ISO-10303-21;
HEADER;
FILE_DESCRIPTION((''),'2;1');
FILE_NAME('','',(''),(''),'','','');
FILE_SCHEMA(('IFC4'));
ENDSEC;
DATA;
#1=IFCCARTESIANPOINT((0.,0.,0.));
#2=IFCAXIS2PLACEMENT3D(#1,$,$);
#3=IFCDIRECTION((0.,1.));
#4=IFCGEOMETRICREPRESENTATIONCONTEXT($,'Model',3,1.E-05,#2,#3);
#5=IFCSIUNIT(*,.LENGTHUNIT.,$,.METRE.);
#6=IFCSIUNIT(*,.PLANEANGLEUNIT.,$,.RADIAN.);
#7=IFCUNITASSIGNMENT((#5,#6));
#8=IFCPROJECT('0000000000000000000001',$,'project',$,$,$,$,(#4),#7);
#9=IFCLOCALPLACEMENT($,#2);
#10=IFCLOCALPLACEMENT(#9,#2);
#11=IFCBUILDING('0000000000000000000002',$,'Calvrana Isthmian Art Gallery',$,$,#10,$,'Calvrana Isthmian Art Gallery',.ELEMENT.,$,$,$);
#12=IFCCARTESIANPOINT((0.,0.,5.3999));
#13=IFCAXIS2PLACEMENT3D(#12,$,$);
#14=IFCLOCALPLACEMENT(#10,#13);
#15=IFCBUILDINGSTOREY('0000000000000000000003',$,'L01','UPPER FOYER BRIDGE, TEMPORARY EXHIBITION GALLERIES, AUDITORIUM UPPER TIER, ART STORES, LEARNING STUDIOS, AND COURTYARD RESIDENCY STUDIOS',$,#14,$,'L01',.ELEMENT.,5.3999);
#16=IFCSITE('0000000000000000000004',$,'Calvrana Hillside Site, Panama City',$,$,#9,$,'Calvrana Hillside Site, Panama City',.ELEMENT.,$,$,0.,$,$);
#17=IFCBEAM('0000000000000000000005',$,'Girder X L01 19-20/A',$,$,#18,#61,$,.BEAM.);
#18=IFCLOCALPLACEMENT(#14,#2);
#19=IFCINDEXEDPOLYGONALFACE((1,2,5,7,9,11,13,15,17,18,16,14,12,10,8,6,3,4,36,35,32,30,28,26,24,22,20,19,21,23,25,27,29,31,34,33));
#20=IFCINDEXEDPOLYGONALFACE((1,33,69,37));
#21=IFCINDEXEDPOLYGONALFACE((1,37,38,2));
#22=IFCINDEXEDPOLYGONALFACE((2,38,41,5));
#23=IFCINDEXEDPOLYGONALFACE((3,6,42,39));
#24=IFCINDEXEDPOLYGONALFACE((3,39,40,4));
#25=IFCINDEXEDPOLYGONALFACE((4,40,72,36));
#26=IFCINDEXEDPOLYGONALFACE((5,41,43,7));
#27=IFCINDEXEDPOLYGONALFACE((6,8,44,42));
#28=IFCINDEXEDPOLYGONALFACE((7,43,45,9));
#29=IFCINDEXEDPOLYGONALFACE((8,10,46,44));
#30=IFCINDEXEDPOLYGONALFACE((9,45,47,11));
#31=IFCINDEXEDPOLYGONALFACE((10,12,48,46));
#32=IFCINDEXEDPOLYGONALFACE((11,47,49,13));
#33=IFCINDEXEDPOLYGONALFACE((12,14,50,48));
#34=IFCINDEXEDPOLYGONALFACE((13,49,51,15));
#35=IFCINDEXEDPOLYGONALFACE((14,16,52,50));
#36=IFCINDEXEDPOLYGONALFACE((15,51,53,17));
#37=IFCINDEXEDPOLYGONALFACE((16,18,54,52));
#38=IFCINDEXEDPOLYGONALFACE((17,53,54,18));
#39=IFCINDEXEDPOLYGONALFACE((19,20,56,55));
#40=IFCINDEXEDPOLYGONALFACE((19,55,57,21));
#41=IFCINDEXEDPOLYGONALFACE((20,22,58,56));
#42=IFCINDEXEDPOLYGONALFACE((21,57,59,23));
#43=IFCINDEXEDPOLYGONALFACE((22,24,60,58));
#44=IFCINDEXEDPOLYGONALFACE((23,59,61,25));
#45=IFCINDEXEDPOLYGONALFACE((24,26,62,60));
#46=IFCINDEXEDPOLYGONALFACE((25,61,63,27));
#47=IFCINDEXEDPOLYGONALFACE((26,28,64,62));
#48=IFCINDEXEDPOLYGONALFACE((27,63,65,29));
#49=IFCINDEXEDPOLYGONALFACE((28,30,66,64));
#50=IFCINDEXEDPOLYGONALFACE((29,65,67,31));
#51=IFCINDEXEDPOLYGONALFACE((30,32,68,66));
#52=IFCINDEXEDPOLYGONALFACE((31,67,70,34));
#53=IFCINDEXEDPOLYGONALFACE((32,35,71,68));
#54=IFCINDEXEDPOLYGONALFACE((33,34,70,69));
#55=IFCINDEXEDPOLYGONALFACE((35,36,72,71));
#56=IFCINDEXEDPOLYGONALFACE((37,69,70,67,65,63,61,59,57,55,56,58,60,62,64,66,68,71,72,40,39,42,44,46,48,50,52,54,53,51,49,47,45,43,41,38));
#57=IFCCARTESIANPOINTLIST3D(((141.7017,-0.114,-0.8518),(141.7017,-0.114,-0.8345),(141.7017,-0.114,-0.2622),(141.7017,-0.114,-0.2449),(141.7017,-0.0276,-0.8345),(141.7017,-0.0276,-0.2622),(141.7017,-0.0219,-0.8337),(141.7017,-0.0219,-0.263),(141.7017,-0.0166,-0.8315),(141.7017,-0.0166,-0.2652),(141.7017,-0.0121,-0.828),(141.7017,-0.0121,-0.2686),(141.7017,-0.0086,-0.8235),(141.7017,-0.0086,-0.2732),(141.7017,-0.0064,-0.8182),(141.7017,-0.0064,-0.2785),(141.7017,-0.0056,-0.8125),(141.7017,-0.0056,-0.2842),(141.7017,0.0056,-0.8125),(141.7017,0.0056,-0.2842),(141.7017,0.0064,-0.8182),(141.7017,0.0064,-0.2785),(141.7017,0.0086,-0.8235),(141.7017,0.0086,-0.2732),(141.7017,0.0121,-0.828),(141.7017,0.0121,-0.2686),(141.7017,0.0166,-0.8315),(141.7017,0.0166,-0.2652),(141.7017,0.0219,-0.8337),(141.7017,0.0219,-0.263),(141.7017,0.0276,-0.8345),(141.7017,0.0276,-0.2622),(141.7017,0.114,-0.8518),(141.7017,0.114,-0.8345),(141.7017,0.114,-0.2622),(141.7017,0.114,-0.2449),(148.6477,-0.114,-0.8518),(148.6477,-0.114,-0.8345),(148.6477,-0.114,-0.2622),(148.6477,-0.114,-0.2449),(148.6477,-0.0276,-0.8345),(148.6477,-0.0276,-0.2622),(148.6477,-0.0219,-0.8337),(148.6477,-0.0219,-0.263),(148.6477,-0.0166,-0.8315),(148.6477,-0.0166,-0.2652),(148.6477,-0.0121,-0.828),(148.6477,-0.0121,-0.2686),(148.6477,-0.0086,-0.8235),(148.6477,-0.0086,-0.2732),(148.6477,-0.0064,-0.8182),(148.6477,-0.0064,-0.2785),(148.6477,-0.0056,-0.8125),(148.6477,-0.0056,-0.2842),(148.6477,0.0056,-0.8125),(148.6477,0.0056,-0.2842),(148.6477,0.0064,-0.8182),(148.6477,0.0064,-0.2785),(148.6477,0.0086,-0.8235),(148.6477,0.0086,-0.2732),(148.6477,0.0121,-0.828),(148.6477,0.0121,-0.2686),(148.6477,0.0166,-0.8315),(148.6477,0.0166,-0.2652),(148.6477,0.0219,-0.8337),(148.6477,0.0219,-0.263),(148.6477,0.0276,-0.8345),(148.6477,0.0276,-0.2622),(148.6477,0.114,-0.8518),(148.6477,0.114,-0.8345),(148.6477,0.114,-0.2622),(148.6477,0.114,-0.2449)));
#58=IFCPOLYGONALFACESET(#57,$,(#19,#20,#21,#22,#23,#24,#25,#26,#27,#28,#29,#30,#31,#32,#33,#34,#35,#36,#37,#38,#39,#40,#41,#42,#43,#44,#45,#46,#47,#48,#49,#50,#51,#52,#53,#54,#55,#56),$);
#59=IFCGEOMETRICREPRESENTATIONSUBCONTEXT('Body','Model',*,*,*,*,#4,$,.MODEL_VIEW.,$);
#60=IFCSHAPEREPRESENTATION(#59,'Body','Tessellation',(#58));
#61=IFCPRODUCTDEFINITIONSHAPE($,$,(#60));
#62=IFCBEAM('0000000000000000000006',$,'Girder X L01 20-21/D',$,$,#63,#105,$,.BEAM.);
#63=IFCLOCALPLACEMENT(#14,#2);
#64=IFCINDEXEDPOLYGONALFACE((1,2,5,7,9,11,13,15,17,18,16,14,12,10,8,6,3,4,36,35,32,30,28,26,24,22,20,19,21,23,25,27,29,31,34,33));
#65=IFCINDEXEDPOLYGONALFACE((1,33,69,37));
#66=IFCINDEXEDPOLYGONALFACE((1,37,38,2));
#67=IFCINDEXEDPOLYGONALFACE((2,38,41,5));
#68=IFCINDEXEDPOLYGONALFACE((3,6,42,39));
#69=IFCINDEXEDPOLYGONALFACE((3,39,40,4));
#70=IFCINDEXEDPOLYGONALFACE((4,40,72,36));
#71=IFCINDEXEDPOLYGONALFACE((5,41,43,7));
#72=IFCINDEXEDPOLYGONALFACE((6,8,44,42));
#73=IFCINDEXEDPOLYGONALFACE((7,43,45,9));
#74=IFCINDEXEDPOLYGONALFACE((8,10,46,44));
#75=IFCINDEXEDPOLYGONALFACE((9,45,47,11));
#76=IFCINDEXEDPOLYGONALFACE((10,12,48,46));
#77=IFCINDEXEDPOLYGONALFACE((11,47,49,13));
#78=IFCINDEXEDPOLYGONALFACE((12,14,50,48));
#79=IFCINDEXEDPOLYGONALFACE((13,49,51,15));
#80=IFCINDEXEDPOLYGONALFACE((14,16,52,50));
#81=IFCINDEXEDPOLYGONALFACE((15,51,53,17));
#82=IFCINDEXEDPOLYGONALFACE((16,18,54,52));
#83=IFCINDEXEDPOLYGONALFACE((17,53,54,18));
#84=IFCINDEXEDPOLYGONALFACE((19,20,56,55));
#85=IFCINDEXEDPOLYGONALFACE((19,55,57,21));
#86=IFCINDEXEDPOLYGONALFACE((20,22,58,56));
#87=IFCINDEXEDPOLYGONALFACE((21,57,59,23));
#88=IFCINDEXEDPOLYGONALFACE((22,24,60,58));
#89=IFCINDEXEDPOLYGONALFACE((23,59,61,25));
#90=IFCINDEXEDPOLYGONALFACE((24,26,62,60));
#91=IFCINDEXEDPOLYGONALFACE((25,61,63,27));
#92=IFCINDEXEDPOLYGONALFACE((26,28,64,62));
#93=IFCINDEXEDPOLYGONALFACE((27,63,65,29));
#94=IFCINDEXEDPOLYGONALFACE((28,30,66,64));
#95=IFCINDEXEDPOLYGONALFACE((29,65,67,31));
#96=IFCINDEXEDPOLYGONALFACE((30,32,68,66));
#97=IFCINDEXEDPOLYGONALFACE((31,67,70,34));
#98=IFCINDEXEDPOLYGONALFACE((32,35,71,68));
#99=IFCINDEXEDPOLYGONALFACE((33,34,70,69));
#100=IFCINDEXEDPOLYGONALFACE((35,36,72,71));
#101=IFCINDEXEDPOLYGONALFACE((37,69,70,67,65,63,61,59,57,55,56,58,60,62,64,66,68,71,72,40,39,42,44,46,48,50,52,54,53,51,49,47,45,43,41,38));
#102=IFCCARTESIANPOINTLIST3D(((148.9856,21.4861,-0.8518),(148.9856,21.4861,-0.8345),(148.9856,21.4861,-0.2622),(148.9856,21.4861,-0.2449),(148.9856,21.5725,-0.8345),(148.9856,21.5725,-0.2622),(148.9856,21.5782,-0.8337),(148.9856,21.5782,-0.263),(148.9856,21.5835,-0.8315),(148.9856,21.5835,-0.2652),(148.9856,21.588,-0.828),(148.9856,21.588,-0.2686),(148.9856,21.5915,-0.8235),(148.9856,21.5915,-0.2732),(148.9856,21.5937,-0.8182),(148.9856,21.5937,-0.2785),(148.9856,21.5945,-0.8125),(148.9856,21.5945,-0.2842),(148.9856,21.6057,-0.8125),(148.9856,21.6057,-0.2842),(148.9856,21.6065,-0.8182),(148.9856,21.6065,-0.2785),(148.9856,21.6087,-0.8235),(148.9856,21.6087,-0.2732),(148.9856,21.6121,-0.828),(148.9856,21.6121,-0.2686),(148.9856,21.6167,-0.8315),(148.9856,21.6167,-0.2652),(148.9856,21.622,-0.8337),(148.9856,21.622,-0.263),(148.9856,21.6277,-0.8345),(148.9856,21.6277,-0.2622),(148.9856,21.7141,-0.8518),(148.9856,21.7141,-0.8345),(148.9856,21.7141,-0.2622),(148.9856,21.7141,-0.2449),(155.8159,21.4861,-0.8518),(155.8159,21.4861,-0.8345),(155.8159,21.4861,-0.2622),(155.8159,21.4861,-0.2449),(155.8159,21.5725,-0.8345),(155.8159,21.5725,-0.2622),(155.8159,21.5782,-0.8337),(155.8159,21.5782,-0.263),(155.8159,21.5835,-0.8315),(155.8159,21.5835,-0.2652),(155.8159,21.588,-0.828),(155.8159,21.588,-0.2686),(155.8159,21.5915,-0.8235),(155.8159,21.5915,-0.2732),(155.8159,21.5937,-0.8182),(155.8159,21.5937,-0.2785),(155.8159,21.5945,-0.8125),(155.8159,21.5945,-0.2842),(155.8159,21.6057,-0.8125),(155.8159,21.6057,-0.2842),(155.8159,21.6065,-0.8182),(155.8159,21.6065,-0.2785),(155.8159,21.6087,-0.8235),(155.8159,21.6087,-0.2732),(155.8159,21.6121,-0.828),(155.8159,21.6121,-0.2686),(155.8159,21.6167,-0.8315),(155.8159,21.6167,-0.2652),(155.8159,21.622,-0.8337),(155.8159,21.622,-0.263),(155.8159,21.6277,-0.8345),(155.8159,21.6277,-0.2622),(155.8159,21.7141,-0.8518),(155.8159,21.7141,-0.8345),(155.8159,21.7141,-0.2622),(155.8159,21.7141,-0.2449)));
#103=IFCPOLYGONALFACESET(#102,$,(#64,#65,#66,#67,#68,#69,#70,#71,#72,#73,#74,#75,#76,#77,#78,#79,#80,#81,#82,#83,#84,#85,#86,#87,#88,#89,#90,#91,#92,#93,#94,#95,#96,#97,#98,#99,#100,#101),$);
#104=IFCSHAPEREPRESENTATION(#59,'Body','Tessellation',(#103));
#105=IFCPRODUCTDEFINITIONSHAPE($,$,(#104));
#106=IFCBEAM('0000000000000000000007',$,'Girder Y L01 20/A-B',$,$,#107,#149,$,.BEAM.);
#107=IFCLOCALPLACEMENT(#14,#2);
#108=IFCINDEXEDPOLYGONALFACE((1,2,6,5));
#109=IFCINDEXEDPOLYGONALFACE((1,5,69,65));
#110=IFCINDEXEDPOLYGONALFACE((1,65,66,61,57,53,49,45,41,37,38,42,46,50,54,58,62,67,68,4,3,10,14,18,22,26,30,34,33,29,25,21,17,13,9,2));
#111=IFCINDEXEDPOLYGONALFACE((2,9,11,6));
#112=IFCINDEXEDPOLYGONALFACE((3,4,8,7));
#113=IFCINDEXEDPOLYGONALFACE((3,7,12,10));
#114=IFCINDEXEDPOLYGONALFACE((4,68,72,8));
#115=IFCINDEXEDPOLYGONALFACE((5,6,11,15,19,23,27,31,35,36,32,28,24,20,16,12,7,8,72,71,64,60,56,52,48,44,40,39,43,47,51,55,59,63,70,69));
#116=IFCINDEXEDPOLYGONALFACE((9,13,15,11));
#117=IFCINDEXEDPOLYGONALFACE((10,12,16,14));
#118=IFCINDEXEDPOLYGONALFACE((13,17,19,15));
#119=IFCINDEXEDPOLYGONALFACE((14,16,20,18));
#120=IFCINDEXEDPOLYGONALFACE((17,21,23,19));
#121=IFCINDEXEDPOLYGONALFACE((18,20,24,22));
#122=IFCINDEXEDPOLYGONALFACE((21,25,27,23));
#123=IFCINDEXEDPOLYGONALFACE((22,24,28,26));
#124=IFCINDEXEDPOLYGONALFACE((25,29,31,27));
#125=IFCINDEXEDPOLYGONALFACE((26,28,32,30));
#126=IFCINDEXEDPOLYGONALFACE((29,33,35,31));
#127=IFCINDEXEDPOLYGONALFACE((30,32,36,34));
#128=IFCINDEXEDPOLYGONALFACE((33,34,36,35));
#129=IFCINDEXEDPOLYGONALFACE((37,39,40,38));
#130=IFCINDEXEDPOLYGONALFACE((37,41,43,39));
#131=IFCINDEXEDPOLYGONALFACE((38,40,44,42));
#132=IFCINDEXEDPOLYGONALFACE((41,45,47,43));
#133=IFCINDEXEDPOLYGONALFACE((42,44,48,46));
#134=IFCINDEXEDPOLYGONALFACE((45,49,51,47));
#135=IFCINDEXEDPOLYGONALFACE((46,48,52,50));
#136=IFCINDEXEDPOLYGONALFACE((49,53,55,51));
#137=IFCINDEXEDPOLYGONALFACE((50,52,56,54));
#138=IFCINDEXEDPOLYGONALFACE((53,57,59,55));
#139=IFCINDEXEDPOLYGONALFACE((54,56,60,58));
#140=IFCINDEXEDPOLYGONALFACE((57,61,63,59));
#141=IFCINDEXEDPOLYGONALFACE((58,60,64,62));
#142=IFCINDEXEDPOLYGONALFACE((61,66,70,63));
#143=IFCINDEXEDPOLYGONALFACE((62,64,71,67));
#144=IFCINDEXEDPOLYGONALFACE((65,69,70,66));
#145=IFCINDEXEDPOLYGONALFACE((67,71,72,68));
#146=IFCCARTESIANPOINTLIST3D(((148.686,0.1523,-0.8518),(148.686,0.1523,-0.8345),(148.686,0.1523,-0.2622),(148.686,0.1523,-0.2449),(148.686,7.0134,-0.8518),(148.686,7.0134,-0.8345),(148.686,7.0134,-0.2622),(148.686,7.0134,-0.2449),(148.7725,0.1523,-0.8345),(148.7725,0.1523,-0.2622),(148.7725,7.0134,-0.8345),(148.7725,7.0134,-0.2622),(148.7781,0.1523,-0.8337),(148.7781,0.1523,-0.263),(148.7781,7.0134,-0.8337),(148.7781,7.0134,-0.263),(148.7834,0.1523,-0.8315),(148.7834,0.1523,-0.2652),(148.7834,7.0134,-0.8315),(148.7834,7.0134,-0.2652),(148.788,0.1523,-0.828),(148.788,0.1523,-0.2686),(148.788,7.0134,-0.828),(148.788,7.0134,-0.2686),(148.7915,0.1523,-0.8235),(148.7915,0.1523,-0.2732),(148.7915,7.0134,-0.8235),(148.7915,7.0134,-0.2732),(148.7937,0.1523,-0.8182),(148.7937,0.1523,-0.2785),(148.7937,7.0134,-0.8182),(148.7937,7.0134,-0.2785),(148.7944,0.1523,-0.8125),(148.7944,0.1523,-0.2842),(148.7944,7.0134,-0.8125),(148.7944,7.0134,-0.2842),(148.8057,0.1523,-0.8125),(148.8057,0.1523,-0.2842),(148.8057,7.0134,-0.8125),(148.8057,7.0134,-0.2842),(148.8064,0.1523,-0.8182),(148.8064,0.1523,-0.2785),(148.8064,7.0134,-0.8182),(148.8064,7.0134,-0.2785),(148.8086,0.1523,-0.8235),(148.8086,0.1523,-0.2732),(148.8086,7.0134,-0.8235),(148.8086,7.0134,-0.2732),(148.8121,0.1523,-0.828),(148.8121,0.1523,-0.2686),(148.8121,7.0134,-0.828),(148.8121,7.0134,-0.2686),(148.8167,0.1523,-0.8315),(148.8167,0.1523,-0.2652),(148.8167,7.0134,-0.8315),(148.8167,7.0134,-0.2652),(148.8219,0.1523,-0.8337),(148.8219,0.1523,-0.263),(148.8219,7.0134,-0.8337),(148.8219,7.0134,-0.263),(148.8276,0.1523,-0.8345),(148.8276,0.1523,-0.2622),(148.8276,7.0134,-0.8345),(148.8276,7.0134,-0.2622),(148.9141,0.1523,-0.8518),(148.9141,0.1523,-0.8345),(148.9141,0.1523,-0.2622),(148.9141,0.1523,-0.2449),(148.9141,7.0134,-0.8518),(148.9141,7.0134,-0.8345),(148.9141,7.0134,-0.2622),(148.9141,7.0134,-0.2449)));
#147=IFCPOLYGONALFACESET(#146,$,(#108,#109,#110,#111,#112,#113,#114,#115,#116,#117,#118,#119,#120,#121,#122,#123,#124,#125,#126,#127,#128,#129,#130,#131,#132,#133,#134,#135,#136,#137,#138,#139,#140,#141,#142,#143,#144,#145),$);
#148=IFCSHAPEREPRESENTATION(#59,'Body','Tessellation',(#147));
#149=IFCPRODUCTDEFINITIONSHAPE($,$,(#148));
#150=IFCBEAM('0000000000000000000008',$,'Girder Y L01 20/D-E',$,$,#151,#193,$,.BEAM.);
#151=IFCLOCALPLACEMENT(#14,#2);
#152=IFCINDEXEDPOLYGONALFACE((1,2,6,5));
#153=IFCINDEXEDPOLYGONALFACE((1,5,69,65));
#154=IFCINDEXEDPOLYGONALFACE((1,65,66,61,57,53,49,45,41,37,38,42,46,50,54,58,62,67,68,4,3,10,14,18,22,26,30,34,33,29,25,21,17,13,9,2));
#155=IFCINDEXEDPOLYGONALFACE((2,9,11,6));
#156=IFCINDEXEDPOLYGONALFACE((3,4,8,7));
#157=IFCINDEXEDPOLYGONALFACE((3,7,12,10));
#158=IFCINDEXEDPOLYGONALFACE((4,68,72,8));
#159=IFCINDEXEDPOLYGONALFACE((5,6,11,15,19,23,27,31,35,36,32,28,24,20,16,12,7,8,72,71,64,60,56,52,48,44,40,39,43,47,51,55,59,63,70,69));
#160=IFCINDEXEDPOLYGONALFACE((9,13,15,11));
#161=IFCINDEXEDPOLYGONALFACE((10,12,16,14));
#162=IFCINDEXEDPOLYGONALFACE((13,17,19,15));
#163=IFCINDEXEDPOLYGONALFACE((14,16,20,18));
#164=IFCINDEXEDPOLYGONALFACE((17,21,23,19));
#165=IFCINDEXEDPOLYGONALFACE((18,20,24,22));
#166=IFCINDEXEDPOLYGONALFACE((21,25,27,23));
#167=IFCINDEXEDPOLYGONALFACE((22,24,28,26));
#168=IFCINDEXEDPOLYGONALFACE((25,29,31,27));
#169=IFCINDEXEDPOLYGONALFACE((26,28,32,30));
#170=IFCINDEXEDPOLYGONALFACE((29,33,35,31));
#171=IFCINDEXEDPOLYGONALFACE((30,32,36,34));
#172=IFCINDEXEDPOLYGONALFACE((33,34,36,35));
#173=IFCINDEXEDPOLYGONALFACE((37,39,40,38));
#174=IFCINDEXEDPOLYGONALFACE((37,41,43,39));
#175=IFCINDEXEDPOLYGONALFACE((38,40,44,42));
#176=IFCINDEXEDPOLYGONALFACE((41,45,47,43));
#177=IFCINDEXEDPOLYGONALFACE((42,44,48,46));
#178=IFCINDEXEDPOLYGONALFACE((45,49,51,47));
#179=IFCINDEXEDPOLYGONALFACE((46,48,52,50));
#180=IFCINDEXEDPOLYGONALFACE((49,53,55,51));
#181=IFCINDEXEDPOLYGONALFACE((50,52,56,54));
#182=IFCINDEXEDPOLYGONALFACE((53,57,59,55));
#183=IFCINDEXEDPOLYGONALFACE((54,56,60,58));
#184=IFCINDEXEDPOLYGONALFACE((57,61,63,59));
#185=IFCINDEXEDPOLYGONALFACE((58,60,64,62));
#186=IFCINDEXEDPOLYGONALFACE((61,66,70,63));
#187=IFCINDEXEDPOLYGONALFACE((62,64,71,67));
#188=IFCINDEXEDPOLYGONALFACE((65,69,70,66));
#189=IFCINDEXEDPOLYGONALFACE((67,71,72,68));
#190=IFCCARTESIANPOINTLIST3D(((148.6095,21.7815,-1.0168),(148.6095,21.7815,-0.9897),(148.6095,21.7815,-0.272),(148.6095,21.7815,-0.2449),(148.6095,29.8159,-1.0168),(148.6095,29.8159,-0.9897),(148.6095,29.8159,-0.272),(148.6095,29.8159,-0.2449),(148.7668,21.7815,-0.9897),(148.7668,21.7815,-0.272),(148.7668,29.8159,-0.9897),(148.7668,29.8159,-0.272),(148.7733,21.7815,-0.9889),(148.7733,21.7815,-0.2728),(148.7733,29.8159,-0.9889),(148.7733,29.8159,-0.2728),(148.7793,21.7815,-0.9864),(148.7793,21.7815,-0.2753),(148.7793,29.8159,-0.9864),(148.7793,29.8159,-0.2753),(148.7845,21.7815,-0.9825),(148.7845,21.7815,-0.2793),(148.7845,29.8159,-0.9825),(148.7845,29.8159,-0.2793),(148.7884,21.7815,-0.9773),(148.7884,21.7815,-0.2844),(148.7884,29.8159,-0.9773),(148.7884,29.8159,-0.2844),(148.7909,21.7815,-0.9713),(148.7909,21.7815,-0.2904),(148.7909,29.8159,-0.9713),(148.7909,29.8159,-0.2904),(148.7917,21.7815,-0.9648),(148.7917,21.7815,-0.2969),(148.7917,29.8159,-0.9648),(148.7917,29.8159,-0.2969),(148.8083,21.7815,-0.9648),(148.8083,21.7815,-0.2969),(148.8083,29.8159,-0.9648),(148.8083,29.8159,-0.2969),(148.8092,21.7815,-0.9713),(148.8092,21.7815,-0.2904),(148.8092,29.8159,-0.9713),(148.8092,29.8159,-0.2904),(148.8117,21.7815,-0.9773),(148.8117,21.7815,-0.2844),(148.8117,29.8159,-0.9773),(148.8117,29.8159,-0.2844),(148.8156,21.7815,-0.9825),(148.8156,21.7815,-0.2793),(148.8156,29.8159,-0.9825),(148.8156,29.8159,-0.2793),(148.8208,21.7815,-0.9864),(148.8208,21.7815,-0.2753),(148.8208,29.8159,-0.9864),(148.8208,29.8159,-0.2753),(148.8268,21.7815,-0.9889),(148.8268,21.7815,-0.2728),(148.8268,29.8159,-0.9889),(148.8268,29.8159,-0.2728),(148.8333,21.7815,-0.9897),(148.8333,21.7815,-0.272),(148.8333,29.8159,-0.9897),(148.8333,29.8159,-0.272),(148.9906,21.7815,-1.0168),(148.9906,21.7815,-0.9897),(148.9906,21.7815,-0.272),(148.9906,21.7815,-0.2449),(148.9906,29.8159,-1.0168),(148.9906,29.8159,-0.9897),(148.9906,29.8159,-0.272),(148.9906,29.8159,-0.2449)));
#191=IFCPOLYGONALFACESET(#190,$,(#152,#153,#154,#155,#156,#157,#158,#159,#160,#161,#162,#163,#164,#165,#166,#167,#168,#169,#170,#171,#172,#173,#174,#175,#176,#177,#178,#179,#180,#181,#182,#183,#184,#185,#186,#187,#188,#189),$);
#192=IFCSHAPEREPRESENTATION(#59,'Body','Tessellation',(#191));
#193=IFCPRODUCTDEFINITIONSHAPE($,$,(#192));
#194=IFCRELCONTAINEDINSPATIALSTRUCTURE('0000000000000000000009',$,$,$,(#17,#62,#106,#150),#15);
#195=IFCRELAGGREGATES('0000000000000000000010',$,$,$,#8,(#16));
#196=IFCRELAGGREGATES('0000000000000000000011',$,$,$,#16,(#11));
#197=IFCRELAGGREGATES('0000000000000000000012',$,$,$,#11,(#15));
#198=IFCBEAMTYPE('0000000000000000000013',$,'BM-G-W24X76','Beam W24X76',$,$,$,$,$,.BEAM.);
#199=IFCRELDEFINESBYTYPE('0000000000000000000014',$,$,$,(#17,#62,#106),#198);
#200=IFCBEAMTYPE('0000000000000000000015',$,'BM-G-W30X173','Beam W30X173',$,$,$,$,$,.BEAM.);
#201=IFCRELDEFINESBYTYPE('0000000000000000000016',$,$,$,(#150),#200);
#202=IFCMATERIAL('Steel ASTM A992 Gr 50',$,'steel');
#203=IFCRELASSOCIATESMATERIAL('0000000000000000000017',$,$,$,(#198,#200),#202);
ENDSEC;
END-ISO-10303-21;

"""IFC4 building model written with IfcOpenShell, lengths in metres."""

from ifc_helpers import new_model, si_unit, direction, frame, origin, origin_2d, place, context, subcontext, project, spatial, i_section, extrude, material, material_profile, profile_set, type_object, element, save


model = new_model("IFC4")

# Units and contexts
model_context = context("Model", 3, precision=1e-05, world=origin(), true_north=direction((0.0, 1.0)))
body_context = subcontext(model_context, "Body", "Model", "MODEL_VIEW")
ifc_project = project(units=[si_unit("LENGTHUNIT", "METRE"), si_unit("PLANEANGLEUNIT", "RADIAN")], contexts=[model_context])

# Site, building, storey
site_placement = place(None, origin())
site = spatial("IfcSite", under=ifc_project, at=site_placement, Name="Calvrana Hillside Site, Panama City", LongName="Calvrana Hillside Site, Panama City", CompositionType="ELEMENT", RefElevation=0.0)
building_placement = place(site_placement, origin())
building = spatial("IfcBuilding", under=site, at=building_placement, Name="Calvrana Isthmian Art Gallery", LongName="Calvrana Isthmian Art Gallery", CompositionType="ELEMENT")
storey_placement = place(building_placement, frame((0.0, 0.0, 5.3999)))
storey = spatial("IfcBuildingStorey", under=building, at=storey_placement, Name="L01", Description="UPPER FOYER BRIDGE, TEMPORARY EXHIBITION GALLERIES, AUDITORIUM UPPER TIER, ART STORES, LEARNING STUDIOS, AND COURTYARD RESIDENCY STUDIOS", LongName="L01", CompositionType="ELEMENT", Elevation=5.3999)

# Shared definitions
ifc_material_1 = material(Name="Steel ASTM A992 Gr 50", Category="steel")

# Beams
ifc_material_profile_1 = material_profile(ifc_material_1, i_section(OverallWidth=0.228, OverallDepth=0.6069, WebThickness=0.0112, FlangeThickness=0.0173, FilletRadius=0.022, at=origin_2d()), Name="W24X76")
ifc_profile_set_1 = profile_set([ifc_material_profile_1], Name="Steel ASTM A992 Gr 50")
beam_type_1 = type_object("IfcBeamType", Name="BM-G-W24X76", Description="Beam W24X76", PredefinedType="BEAM", material=ifc_profile_set_1)
beam_1_placement = place(storey_placement, frame((141.7017, 0.0, -0.5483), z_axis=(1.0, 0.0, 0.0), x_axis=(0.0, 1.0, 0.0)))
element("IfcBeam", 1, at=beam_1_placement, inside=storey, type_object=beam_type_1, Name="Girder X L01 19-20/A", PredefinedType="BEAM", context=body_context, shape_type="SweptSolid", body=[
    extrude(i_section(OverallWidth=0.228, OverallDepth=0.6069, WebThickness=0.0112, FlangeThickness=0.0173, FilletRadius=0.022, at=origin_2d()), origin(), (0.0, 0.0, 1.0), 6.946),
])
beam_2_placement = place(storey_placement, frame((148.9856, 21.6001, -0.5483), z_axis=(1.0, 0.0, 0.0), x_axis=(0.0, 1.0, 0.0)))
element("IfcBeam", 2, at=beam_2_placement, inside=storey, type_object=beam_type_1, Name="Girder X L01 20-21/D", PredefinedType="BEAM", context=body_context, shape_type="SweptSolid", body=[
    extrude(i_section(OverallWidth=0.228, OverallDepth=0.6069, WebThickness=0.0112, FlangeThickness=0.0173, FilletRadius=0.022, at=origin_2d()), origin(), (0.0, 0.0, 1.0), 6.8303),
])
beam_3_placement = place(storey_placement, frame((148.8, 0.1523, -0.5483), z_axis=(0.0, 1.0, 0.0), x_axis=(-1.0, 0.0, 0.0)))
element("IfcBeam", 3, at=beam_3_placement, inside=storey, type_object=beam_type_1, Name="Girder Y L01 20/A-B", PredefinedType="BEAM", context=body_context, shape_type="SweptSolid", body=[
    extrude(i_section(OverallWidth=0.228, OverallDepth=0.6069, WebThickness=0.0112, FlangeThickness=0.0173, FilletRadius=0.022, at=origin_2d()), origin(), (0.0, 0.0, 1.0), 6.8611),
])
ifc_material_profile_2 = material_profile(ifc_material_1, i_section(OverallWidth=0.3811, OverallDepth=0.772, WebThickness=0.0166, FlangeThickness=0.0271, FilletRadius=0.0249, at=origin_2d()), Name="W30X173")
ifc_profile_set_2 = profile_set([ifc_material_profile_2], Name="Steel ASTM A992 Gr 50")
beam_type_2 = type_object("IfcBeamType", Name="BM-G-W30X173", Description="Beam W30X173", PredefinedType="BEAM", material=ifc_profile_set_2)
beam_4_placement = place(storey_placement, frame((148.8, 21.7815, -0.6309), z_axis=(0.0, 1.0, 0.0), x_axis=(-1.0, 0.0, 0.0)))
element("IfcBeam", 4, at=beam_4_placement, inside=storey, type_object=beam_type_2, Name="Girder Y L01 20/D-E", PredefinedType="BEAM", context=body_context, shape_type="SweptSolid", body=[
    extrude(i_section(OverallWidth=0.3811, OverallDepth=0.772, WebThickness=0.0166, FlangeThickness=0.0271, FilletRadius=0.0249, at=origin_2d()), origin(), (0.0, 0.0, 1.0), 8.0344),
])

save(model, "model.ifc")
